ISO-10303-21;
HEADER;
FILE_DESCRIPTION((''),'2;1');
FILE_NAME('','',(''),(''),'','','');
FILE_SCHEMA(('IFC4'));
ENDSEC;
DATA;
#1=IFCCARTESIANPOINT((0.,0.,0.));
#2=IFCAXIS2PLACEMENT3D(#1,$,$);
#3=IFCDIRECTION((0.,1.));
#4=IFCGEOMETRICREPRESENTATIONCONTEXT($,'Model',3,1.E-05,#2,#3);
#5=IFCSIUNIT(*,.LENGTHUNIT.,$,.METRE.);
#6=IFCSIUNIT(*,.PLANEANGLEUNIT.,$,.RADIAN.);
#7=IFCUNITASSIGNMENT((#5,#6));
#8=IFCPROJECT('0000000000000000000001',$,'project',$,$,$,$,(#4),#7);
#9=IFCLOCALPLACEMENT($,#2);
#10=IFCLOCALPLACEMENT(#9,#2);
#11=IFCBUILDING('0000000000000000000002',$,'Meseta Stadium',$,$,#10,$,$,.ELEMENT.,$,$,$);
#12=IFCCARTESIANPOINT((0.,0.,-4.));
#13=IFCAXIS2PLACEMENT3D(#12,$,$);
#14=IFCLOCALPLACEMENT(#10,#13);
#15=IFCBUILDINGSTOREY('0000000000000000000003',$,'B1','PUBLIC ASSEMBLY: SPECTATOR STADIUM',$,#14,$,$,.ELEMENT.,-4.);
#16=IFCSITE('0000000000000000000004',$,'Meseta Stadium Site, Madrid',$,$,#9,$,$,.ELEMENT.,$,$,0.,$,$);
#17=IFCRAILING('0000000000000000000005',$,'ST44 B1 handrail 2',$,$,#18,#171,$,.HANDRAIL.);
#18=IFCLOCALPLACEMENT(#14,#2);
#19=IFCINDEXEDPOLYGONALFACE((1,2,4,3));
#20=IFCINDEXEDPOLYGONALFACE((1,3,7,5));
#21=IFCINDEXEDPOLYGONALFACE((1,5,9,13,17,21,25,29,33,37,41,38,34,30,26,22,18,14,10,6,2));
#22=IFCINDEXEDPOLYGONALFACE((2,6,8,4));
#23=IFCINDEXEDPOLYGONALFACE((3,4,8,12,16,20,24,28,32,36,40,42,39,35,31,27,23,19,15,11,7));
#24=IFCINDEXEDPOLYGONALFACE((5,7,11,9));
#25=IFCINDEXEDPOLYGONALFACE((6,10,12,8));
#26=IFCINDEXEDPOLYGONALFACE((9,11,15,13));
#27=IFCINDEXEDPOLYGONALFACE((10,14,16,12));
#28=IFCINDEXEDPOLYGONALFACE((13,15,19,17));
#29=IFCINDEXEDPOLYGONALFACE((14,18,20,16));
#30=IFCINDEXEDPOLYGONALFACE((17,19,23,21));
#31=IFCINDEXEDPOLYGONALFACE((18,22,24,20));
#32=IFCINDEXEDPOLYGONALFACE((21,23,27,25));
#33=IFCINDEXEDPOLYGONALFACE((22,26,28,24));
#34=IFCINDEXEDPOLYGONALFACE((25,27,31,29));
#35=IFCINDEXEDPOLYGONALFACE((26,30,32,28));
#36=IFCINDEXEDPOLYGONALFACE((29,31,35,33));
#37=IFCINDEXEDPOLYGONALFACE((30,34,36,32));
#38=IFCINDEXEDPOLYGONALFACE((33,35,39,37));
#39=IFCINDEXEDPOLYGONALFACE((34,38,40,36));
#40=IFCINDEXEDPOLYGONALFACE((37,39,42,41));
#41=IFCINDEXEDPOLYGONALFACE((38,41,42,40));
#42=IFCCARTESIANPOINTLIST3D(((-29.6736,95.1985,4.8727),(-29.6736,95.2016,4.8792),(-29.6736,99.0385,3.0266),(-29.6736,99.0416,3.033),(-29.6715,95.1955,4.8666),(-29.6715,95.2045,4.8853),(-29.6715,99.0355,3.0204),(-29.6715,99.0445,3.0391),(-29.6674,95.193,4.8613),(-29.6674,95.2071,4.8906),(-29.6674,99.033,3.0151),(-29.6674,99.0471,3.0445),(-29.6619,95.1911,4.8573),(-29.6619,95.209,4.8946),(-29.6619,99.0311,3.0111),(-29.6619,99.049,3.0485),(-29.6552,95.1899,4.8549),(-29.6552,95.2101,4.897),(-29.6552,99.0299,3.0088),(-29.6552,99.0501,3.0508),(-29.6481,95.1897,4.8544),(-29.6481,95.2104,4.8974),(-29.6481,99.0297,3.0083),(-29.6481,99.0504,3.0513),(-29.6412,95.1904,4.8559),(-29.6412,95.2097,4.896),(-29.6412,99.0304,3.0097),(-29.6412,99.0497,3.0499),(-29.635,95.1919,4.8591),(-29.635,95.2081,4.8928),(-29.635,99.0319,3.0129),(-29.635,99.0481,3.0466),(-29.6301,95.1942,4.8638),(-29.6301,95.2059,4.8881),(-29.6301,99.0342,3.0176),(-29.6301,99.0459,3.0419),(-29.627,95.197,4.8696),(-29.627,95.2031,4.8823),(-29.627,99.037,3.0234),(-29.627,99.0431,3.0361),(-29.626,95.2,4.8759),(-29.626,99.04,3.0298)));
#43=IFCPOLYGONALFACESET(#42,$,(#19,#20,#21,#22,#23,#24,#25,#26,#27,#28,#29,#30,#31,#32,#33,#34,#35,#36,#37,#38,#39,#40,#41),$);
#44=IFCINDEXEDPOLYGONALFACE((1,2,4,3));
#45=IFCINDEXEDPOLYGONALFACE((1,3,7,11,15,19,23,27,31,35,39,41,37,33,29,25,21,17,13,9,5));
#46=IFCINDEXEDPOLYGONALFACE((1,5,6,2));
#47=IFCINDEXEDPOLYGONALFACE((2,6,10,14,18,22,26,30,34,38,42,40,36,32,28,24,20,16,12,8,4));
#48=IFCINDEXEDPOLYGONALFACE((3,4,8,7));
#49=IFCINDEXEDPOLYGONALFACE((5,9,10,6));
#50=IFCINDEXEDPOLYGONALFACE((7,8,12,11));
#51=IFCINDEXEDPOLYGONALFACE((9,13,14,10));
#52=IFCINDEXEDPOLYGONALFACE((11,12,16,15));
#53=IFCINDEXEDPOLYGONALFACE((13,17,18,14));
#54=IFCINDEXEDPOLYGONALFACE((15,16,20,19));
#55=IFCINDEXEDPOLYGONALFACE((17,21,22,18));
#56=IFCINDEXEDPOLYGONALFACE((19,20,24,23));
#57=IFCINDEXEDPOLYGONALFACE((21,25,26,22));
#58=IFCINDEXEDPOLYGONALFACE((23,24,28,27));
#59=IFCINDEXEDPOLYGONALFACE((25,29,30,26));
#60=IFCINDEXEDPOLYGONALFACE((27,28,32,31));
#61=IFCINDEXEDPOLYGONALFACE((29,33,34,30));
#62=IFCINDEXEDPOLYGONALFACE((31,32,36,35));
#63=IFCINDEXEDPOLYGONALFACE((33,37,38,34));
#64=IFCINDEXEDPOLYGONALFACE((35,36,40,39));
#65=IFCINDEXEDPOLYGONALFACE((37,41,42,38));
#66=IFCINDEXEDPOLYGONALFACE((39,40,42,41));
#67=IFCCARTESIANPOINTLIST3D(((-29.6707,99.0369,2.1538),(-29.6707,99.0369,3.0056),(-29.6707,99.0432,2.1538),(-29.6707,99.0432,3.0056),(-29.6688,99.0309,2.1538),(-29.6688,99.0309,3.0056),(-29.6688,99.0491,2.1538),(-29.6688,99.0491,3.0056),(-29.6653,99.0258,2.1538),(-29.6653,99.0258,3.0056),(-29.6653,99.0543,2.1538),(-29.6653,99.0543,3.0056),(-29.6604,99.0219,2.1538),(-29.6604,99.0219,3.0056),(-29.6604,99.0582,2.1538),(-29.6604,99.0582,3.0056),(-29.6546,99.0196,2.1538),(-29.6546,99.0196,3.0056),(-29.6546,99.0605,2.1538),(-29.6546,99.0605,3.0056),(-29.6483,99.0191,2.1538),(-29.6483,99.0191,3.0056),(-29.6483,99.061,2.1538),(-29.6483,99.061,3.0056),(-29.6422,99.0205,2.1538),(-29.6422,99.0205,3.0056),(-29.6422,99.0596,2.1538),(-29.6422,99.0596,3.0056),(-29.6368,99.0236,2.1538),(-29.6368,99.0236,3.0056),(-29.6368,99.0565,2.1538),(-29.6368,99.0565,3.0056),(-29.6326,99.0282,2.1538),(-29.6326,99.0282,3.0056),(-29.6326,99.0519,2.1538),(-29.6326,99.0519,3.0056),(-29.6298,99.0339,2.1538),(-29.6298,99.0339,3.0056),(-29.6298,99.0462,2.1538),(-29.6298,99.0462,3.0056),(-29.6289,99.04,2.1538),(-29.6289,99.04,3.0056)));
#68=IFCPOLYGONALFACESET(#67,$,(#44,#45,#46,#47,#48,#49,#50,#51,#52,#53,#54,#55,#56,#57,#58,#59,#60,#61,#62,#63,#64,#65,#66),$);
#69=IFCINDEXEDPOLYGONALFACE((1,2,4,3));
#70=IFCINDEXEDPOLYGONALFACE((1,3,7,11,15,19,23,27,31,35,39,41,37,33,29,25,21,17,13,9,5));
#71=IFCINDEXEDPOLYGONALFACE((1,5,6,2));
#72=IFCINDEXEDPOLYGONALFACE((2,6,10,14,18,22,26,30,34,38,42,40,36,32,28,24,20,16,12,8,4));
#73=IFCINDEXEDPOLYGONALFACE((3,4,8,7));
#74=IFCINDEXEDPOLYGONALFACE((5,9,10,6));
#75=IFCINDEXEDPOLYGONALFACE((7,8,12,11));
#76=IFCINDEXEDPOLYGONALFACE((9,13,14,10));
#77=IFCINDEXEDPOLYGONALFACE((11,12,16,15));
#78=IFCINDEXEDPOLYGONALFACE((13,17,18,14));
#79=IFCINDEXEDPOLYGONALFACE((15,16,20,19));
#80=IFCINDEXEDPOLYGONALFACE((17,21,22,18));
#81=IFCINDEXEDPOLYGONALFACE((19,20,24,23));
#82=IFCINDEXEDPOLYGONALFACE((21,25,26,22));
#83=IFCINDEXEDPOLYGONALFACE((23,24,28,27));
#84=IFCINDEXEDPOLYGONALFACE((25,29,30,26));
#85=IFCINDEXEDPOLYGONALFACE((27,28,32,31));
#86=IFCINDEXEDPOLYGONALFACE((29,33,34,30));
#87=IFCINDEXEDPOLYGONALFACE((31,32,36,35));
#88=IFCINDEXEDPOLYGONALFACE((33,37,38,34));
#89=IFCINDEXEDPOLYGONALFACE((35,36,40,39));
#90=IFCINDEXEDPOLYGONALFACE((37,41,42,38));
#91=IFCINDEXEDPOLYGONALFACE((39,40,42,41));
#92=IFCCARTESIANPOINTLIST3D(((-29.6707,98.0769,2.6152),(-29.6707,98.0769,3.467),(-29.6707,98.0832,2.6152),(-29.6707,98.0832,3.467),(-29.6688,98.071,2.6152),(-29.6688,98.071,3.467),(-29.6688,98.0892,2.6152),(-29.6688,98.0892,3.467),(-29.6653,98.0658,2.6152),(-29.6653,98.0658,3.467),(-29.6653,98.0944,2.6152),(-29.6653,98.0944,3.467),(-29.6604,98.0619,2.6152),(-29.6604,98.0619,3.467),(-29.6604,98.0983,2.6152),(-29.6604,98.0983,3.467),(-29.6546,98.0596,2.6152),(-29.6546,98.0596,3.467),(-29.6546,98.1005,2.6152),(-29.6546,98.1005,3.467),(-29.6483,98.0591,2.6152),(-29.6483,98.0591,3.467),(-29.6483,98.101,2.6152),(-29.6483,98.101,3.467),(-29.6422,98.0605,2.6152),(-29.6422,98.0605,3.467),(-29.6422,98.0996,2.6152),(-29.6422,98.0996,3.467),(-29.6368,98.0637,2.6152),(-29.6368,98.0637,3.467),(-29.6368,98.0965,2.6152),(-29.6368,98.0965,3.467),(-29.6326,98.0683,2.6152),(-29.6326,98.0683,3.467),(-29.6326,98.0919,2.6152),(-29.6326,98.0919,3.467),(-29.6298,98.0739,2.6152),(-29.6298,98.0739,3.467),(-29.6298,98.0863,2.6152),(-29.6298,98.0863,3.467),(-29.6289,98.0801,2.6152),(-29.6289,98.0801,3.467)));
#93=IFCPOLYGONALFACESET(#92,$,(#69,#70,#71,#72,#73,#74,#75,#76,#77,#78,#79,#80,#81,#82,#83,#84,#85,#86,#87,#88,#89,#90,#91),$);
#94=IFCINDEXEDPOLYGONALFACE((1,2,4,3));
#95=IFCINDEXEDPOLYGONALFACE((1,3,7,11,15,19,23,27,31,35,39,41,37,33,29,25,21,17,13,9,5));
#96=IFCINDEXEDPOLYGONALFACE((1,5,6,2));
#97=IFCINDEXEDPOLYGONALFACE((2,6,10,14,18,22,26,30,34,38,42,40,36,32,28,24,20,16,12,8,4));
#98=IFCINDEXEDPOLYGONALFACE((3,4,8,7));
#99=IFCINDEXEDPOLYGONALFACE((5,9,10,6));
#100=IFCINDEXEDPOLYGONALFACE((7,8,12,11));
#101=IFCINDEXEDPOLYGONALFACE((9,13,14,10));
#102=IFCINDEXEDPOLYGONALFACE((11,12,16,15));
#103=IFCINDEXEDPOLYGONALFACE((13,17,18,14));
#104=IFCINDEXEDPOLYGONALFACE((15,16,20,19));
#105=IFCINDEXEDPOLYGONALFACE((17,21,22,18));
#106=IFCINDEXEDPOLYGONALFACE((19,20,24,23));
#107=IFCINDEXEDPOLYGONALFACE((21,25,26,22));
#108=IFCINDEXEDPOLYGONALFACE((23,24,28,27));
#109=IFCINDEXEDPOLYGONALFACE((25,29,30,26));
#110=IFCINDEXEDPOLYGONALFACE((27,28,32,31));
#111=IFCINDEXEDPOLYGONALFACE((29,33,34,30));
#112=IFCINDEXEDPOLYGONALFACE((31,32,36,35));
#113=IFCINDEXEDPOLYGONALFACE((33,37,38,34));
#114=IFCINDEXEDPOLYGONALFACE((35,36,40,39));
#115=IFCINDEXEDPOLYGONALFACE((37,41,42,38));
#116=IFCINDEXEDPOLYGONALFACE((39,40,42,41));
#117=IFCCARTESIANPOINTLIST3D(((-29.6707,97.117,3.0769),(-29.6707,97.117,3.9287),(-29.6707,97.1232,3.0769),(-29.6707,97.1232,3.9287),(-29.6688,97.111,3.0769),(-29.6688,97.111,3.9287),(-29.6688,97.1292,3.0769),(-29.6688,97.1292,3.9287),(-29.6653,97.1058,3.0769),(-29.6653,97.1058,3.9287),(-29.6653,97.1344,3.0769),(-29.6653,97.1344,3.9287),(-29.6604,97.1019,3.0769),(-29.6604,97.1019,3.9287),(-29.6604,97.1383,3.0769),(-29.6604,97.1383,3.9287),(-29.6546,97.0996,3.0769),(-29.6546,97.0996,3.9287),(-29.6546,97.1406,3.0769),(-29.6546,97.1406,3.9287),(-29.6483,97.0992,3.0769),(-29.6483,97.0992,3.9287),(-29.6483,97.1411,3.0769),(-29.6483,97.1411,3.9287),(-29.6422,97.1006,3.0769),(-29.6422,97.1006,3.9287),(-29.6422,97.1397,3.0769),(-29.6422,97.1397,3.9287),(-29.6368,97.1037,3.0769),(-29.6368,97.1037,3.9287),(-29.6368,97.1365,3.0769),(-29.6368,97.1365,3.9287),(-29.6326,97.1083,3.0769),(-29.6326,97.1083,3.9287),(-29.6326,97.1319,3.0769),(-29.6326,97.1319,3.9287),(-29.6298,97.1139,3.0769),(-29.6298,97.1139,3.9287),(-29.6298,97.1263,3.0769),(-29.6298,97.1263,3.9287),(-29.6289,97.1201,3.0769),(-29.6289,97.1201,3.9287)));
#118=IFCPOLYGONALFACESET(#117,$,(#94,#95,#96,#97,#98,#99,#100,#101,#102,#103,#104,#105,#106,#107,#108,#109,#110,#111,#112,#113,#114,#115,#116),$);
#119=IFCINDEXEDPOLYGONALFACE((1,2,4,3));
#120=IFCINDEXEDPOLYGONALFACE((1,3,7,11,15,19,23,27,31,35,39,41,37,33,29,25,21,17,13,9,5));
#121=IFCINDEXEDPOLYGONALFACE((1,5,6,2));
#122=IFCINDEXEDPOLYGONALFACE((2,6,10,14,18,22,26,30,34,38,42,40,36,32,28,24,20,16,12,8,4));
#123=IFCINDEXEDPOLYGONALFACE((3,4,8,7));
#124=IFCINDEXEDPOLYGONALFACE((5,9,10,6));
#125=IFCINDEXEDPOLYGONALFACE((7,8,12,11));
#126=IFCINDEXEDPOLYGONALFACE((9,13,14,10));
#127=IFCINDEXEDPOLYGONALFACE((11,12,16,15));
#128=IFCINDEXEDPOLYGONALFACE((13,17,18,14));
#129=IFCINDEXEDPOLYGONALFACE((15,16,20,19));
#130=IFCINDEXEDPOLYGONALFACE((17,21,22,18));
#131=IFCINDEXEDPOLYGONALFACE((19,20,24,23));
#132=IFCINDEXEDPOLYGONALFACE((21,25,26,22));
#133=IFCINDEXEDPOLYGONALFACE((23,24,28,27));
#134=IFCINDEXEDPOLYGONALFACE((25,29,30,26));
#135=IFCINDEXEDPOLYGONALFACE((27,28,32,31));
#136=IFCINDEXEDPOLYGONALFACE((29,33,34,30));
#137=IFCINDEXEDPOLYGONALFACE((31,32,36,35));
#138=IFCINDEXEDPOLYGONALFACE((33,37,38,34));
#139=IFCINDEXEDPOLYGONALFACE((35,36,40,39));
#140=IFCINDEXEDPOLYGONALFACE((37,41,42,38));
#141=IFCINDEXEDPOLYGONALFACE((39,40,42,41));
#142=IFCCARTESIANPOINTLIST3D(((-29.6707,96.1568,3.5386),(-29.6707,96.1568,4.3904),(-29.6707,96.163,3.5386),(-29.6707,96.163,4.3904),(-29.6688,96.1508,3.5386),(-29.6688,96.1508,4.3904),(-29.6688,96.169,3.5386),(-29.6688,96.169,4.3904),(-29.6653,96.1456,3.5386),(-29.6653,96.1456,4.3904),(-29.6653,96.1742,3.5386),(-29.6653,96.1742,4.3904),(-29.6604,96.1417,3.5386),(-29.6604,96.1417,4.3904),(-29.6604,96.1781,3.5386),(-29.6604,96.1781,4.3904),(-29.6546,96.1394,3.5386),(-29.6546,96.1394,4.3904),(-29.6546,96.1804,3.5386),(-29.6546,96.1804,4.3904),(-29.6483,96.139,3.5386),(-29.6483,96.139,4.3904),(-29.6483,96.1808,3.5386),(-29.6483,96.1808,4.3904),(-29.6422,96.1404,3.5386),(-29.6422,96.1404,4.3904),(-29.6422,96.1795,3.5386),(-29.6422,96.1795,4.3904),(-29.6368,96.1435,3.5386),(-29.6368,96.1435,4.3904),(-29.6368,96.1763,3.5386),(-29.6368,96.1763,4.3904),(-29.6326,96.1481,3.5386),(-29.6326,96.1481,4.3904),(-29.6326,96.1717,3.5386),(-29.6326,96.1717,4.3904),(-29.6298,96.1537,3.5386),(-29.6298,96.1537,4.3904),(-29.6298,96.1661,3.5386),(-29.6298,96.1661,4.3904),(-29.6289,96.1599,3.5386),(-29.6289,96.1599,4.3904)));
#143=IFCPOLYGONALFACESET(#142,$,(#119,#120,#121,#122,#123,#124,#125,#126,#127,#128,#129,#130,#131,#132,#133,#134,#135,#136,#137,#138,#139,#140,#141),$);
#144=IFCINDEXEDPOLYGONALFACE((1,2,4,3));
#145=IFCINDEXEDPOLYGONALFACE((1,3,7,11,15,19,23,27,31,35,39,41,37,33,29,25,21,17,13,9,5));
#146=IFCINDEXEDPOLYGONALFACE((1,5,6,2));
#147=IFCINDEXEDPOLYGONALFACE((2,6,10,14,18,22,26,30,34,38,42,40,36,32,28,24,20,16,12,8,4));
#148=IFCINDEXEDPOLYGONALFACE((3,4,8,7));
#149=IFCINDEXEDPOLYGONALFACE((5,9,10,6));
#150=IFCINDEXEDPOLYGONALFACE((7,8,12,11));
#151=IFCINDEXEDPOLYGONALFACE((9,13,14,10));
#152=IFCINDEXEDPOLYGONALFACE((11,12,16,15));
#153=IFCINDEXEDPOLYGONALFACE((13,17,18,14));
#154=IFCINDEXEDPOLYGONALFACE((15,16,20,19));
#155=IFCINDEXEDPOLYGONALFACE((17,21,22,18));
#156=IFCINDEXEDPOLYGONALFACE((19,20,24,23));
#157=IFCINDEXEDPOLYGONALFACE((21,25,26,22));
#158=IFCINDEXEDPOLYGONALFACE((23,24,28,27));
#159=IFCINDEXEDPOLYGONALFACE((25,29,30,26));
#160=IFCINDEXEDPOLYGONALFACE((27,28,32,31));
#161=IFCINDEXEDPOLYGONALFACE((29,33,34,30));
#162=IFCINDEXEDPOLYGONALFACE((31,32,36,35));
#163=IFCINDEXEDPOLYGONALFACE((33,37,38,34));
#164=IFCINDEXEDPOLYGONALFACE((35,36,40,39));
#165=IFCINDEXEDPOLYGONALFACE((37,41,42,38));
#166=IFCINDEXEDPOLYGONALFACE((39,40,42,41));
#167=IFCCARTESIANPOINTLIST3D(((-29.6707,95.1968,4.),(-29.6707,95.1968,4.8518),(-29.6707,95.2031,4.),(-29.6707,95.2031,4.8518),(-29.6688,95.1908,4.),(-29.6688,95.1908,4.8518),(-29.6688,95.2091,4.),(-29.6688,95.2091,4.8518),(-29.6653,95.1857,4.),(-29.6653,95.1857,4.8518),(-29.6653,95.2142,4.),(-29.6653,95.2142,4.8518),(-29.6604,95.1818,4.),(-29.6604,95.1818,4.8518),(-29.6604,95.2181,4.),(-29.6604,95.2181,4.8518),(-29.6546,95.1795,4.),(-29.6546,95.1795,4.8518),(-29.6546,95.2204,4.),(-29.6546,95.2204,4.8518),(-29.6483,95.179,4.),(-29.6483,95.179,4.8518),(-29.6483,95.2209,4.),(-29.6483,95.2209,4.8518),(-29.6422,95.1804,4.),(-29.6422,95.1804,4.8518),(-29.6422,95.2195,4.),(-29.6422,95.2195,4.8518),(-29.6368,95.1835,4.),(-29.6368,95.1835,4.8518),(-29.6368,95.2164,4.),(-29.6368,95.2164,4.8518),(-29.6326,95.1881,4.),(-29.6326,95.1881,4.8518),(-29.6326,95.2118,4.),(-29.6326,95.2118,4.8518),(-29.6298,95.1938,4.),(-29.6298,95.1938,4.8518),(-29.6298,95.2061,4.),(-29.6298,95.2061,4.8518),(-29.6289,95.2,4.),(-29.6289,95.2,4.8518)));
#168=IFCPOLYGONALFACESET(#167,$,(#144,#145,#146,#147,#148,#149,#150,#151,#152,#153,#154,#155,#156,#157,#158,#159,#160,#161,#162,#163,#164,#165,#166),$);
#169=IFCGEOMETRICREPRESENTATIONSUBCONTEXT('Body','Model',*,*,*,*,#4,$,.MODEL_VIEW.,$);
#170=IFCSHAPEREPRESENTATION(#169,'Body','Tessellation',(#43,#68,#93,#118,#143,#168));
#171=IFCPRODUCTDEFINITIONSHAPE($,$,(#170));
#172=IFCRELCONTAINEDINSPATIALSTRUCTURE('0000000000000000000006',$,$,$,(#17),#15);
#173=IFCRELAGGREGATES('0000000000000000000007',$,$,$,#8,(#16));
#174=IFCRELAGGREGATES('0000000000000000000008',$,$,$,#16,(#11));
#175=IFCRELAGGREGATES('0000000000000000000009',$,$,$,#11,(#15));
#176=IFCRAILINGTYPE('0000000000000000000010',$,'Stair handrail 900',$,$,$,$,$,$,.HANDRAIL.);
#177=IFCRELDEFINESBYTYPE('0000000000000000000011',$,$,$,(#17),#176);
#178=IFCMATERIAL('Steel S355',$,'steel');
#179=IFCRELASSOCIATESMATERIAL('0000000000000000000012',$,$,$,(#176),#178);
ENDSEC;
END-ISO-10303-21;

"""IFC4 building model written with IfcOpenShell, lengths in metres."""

from ifc_helpers import new_model, si_unit, direction, frame, origin, origin_2d, place, context, subcontext, project, spatial, circle, extrude, material, type_object, element, save


model = new_model("IFC4")

# Units and contexts
model_context = context("Model", 3, precision=1e-05, world=origin(), true_north=direction((0.0, 1.0)))
body_context = subcontext(model_context, "Body", "Model", "MODEL_VIEW")
ifc_project = project(units=[si_unit("LENGTHUNIT", "METRE"), si_unit("PLANEANGLEUNIT", "RADIAN")], contexts=[model_context])

# Site, building, storey
site_placement = place(None, origin())
site = spatial("IfcSite", under=ifc_project, at=site_placement, Name="Meseta Stadium Site, Madrid", CompositionType="ELEMENT", RefElevation=0.0)
building_placement = place(site_placement, origin())
building = spatial("IfcBuilding", under=site, at=building_placement, Name="Meseta Stadium", CompositionType="ELEMENT")
storey_placement = place(building_placement, frame((0.0, 0.0, -4.0)))
storey = spatial("IfcBuildingStorey", under=building, at=storey_placement, Name="B1", Description="PUBLIC ASSEMBLY: SPECTATOR STADIUM", CompositionType="ELEMENT", Elevation=-4.0)

# Railing
ifc_material_1 = material(Name="Steel S355", Category="steel")
railing_type_1 = type_object("IfcRailingType", Name="Stair handrail 900", PredefinedType="HANDRAIL", material=ifc_material_1)
railing_1_placement = place(storey_placement, frame((-29.6499, 99.04, 2.1538)))
element("IfcRailing", 1, at=railing_1_placement, inside=storey, type_object=railing_type_1, Name="ST44 B1 handrail 2", PredefinedType="HANDRAIL", context=body_context, shape_type="SweptSolid", body=[
    extrude(circle(Radius=0.0239, at=origin_2d()), frame((0.0, 0.0, 0.876), z_axis=(0.0, -0.901253, 0.433294), x_axis=(1.0, 0.0, 0.0)), (0.0, 0.0, 1.0), 4.2607),
    extrude(circle(Radius=0.021, at=origin_2d()), origin(), (0.0, 0.0, 1.0), 0.8518),
    extrude(circle(Radius=0.021, at=origin_2d()), frame((0.0, -0.96, 0.4614)), (0.0, 0.0, 1.0), 0.8518),
    extrude(circle(Radius=0.021, at=origin_2d()), frame((0.0, -1.9199, 0.9231)), (0.0, 0.0, 1.0), 0.8518),
    extrude(circle(Radius=0.021, at=origin_2d()), frame((0.0, -2.8801, 1.3848)), (0.0, 0.0, 1.0), 0.8518),
    extrude(circle(Radius=0.021, at=origin_2d()), frame((0.0, -3.8401, 1.8462)), (0.0, 0.0, 1.0), 0.8518),
])

save(model, "model.ifc")
